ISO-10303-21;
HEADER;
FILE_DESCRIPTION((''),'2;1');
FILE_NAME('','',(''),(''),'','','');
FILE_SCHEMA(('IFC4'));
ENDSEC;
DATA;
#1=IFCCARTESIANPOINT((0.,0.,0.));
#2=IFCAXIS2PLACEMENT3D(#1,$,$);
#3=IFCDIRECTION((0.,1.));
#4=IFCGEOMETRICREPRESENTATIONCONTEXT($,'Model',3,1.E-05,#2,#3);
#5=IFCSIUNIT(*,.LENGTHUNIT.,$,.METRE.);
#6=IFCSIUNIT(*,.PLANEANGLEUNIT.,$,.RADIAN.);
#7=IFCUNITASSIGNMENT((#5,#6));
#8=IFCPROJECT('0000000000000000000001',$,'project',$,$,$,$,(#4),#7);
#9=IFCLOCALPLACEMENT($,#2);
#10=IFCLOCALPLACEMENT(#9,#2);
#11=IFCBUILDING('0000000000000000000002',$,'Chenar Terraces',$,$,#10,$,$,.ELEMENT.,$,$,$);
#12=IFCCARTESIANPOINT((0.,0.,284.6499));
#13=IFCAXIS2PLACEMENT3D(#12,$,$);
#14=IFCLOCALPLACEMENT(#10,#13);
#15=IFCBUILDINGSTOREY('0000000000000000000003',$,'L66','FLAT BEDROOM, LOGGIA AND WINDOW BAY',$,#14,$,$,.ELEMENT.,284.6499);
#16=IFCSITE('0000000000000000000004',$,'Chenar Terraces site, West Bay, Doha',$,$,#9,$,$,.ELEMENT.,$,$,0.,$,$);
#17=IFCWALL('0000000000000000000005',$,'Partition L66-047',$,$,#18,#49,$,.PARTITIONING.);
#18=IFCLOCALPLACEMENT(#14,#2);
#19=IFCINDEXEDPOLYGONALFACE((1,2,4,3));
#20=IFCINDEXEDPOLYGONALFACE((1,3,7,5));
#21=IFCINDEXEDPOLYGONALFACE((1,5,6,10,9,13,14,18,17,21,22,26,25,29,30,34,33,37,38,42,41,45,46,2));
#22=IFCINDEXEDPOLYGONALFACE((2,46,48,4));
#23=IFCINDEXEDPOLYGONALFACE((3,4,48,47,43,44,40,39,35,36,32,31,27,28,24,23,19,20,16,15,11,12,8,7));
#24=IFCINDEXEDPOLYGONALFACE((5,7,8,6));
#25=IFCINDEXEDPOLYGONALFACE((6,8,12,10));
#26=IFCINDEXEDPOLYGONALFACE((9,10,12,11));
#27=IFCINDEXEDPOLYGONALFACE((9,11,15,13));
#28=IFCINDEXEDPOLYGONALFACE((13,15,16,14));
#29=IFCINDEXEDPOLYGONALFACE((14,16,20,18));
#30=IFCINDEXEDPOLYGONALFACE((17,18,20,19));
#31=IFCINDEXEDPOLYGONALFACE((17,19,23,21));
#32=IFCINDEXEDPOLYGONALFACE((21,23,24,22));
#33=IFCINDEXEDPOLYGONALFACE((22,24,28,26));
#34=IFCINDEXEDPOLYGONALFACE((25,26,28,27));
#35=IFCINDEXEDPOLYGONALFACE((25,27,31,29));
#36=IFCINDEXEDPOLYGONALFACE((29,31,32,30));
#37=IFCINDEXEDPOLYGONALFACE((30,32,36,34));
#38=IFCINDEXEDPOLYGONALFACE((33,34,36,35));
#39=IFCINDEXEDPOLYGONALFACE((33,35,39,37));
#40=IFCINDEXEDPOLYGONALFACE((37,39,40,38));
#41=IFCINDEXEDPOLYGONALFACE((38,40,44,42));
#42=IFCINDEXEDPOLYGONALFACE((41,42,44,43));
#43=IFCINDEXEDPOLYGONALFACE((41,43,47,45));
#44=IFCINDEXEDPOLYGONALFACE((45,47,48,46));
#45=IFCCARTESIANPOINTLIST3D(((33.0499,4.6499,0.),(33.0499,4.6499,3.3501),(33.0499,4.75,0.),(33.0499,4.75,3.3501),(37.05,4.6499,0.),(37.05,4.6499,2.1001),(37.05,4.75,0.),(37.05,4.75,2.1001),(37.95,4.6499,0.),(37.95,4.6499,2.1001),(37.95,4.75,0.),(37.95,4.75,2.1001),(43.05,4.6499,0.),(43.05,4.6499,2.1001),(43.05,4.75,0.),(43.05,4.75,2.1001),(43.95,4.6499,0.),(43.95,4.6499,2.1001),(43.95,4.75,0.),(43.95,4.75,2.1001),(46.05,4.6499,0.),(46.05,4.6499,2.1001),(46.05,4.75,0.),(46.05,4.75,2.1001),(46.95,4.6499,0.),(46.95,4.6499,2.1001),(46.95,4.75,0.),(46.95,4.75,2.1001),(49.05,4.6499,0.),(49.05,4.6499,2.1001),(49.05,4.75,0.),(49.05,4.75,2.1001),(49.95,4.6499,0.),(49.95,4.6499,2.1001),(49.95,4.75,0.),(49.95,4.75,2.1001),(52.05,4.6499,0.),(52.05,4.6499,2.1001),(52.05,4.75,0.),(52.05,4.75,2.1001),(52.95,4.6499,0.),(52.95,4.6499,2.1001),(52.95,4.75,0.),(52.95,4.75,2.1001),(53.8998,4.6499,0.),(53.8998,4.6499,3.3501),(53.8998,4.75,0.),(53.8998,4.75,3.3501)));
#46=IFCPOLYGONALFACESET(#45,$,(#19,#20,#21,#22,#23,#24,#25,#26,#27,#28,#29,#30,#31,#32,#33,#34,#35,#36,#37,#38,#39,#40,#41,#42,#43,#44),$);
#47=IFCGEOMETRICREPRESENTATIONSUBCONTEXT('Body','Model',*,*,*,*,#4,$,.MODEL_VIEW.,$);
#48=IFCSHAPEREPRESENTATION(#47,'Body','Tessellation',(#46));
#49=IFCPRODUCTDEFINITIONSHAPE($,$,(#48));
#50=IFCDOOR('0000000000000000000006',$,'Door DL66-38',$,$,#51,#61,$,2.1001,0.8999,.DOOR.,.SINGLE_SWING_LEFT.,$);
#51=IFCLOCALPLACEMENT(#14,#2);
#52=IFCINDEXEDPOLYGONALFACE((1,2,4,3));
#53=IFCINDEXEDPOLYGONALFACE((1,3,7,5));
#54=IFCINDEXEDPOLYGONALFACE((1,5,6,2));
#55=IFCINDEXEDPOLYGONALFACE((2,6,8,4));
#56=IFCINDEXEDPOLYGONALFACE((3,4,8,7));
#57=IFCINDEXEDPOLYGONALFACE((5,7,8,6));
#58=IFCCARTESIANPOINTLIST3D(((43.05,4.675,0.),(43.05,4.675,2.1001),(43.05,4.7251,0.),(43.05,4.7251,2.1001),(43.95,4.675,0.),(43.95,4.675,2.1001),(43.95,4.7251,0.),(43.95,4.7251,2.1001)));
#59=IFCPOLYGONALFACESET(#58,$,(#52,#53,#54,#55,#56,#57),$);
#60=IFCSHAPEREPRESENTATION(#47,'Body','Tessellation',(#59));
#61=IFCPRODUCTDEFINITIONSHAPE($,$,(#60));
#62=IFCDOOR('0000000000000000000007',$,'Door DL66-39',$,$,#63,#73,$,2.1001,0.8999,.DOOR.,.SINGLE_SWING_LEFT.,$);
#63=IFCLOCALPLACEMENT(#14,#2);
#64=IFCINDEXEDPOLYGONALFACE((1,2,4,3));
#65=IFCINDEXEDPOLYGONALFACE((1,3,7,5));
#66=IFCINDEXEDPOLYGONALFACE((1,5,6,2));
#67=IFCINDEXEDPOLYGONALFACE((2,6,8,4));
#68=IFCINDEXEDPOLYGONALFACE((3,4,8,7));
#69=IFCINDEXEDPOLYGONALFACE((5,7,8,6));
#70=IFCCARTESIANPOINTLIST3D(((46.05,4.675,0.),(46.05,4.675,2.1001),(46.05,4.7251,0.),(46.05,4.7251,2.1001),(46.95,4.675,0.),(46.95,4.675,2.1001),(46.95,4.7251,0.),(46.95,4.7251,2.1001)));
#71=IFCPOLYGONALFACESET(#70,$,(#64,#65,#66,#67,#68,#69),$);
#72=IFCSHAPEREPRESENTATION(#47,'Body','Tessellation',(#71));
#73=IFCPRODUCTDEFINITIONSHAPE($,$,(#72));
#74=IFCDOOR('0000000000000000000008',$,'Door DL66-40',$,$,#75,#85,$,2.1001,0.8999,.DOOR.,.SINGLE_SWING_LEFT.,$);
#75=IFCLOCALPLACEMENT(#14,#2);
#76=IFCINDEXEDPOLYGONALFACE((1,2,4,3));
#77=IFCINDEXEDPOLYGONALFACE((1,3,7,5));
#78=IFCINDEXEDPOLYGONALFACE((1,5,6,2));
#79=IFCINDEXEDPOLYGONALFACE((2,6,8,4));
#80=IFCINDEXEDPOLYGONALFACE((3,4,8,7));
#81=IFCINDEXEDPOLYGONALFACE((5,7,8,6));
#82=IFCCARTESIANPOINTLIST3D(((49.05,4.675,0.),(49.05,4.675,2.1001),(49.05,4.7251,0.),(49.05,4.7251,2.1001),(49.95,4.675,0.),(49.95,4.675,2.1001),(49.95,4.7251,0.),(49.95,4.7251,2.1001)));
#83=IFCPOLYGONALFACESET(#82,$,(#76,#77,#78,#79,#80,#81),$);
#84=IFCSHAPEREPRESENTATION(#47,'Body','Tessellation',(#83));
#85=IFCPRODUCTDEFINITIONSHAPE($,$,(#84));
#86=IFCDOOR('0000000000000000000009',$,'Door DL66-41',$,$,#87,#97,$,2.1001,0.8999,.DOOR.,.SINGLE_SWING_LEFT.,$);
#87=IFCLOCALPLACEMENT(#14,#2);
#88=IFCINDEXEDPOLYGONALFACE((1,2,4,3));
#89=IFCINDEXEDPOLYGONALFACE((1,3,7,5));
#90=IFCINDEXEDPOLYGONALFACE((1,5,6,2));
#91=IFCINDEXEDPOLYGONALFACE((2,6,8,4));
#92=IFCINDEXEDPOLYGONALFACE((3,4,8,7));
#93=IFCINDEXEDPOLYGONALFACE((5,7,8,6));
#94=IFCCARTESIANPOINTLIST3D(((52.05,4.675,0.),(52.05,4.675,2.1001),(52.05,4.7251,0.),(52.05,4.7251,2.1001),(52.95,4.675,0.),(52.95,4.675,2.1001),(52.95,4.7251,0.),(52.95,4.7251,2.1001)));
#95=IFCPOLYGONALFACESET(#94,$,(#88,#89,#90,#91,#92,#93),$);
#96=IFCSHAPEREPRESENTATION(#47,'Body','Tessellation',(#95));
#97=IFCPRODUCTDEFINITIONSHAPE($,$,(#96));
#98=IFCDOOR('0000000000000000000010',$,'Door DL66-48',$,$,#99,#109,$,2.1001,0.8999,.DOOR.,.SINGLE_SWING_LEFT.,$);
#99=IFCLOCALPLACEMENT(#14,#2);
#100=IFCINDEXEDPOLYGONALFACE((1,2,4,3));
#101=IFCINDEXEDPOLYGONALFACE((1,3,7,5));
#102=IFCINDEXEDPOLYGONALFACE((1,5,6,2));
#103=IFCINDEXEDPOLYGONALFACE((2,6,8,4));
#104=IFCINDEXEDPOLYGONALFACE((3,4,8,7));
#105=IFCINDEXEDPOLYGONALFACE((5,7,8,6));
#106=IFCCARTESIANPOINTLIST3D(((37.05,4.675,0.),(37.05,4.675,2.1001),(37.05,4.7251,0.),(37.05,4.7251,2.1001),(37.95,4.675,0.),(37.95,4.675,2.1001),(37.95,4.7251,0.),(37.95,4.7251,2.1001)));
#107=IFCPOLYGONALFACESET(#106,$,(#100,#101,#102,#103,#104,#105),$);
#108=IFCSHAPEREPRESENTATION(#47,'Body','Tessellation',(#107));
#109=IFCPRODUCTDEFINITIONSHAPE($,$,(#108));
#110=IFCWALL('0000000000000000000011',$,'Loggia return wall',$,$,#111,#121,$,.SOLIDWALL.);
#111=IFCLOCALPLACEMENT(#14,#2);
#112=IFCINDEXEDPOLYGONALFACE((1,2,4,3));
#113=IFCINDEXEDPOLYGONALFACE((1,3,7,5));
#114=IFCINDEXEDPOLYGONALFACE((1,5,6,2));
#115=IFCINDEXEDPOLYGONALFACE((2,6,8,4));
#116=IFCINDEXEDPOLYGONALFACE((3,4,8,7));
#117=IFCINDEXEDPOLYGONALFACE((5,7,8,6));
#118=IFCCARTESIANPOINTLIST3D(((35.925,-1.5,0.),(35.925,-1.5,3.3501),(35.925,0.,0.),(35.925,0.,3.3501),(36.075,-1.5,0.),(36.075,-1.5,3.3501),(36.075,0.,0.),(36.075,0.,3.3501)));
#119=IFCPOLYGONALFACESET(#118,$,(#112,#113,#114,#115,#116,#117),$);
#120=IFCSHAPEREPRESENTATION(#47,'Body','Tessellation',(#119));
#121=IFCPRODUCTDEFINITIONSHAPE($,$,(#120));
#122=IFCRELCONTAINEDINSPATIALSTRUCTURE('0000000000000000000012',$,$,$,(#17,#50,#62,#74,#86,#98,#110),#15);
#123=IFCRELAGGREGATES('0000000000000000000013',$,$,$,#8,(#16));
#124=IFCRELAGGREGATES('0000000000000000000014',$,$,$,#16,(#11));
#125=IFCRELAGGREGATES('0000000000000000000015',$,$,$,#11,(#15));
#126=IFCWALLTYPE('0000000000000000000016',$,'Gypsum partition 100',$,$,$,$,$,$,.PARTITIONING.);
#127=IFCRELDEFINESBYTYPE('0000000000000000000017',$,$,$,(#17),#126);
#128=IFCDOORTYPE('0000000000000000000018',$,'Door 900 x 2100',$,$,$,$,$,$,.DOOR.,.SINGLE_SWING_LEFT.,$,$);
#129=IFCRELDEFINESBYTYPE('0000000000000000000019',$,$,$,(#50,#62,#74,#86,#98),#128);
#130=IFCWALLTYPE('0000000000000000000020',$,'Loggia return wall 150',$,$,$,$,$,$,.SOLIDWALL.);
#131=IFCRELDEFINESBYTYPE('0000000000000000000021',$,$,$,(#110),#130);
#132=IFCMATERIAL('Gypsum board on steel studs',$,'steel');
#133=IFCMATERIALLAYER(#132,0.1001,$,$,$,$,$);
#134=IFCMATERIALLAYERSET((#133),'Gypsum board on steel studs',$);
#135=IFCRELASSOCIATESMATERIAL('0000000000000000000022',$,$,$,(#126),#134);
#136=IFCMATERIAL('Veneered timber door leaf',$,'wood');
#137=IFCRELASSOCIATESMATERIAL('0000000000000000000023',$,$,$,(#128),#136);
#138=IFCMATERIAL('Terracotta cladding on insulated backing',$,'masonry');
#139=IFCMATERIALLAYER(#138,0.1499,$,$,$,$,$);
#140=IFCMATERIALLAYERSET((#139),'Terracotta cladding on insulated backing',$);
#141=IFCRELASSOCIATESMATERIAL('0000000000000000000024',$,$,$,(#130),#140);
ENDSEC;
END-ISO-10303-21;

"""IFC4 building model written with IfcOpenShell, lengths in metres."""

from ifc_helpers import new_model, si_unit, direction, frame, frame_2d, origin, place, context, subcontext, project, spatial, rectangle, extrude, material, layer, layer_set, type_object, element, fill, save


model = new_model("IFC4")

# Units and contexts
model_context = context("Model", 3, precision=1e-05, world=origin(), true_north=direction((0.0, 1.0)))
body_context = subcontext(model_context, "Body", "Model", "MODEL_VIEW")
ifc_project = project(units=[si_unit("LENGTHUNIT", "METRE"), si_unit("PLANEANGLEUNIT", "RADIAN")], contexts=[model_context])

# Site, building, storey
site_placement = place(None, origin())
site = spatial("IfcSite", under=ifc_project, at=site_placement, Name="Chenar Terraces site, West Bay, Doha", CompositionType="ELEMENT", RefElevation=0.0)
building_placement = place(site_placement, origin())
building = spatial("IfcBuilding", under=site, at=building_placement, Name="Chenar Terraces", CompositionType="ELEMENT")
storey_placement = place(building_placement, frame((0.0, 0.0, 284.6499)))
storey = spatial("IfcBuildingStorey", under=building, at=storey_placement, Name="L66", Description="FLAT BEDROOM, LOGGIA AND WINDOW BAY", CompositionType="ELEMENT", Elevation=284.6499)

# Shared definitions
ifc_material_1 = material(Name="Gypsum board on steel studs", Category="steel")
ifc_layer_1 = layer(ifc_material_1, 0.1001)
ifc_layer_set_1 = layer_set([ifc_layer_1], Name="Gypsum board on steel studs")
wall_type_1 = type_object("IfcWallType", Name="Gypsum partition 100", PredefinedType="PARTITIONING", material=ifc_layer_set_1)

# Shared definitions
ifc_material_2 = material(Name="Veneered timber door leaf", Category="wood")
door_type_1 = type_object("IfcDoorType", Name="Door 900 x 2100", OperationType="SINGLE_SWING_LEFT", PredefinedType="DOOR", material=ifc_material_2)

# Wall, openings, doors
wall_1_placement = place(storey_placement, frame((33.05, 4.7, 0.0), z_axis=(0.0, 0.0, 1.0), x_axis=(1.0, 0.0, 0.0)))
wall_1 = element("IfcWall", 1, at=wall_1_placement, inside=storey, type_object=wall_type_1, Name="Partition L66-047", PredefinedType="PARTITIONING", context=body_context, shape_type="SweptSolid", body=[
    extrude(rectangle(XDim=20.8499, YDim=0.1001, at=frame_2d((10.4248, 0.0))), origin(), (0.0, 0.0, 1.0), 3.3501),
])
opening_1_placement = place(wall_1_placement, frame((10.0, 0.0, 0.0)))
opening_1 = element("IfcOpeningElement", 2, at=opening_1_placement, cuts=wall_1, PredefinedType="OPENING", context=body_context, shape_type="SweptSolid", body=[
    extrude(rectangle(XDim=0.8999, YDim=2.1001, at=frame_2d((0.45, 1.05))), frame((0.0, 0.0601, 0.0), z_axis=(0.0, -1.0, 0.0), x_axis=(1.0, 0.0, 0.0)), (0.0, 0.0, 1.0), 0.1201),
])
opening_2_placement = place(wall_1_placement, frame((13.0, 0.0, 0.0)))
opening_2 = element("IfcOpeningElement", 3, at=opening_2_placement, cuts=wall_1, PredefinedType="OPENING", context=body_context, shape_type="SweptSolid", body=[
    extrude(rectangle(XDim=0.8999, YDim=2.1001, at=frame_2d((0.45, 1.05))), frame((0.0, 0.0601, 0.0), z_axis=(0.0, -1.0, 0.0), x_axis=(1.0, 0.0, 0.0)), (0.0, 0.0, 1.0), 0.1201),
])
opening_3_placement = place(wall_1_placement, frame((16.0, 0.0, 0.0)))
opening_3 = element("IfcOpeningElement", 4, at=opening_3_placement, cuts=wall_1, PredefinedType="OPENING", context=body_context, shape_type="SweptSolid", body=[
    extrude(rectangle(XDim=0.8999, YDim=2.1001, at=frame_2d((0.45, 1.05))), frame((0.0, 0.0601, 0.0), z_axis=(0.0, -1.0, 0.0), x_axis=(1.0, 0.0, 0.0)), (0.0, 0.0, 1.0), 0.1201),
])
opening_4_placement = place(wall_1_placement, frame((19.0, 0.0, 0.0)))
opening_4 = element("IfcOpeningElement", 5, at=opening_4_placement, cuts=wall_1, PredefinedType="OPENING", context=body_context, shape_type="SweptSolid", body=[
    extrude(rectangle(XDim=0.8999, YDim=2.1001, at=frame_2d((0.45, 1.05))), frame((0.0, 0.0601, 0.0), z_axis=(0.0, -1.0, 0.0), x_axis=(1.0, 0.0, 0.0)), (0.0, 0.0, 1.0), 0.1201),
])
opening_5_placement = place(wall_1_placement, frame((4.0, 0.0, 0.0)))
opening_5 = element("IfcOpeningElement", 6, at=opening_5_placement, cuts=wall_1, PredefinedType="OPENING", context=body_context, shape_type="SweptSolid", body=[
    extrude(rectangle(XDim=0.8999, YDim=2.1001, at=frame_2d((0.45, 1.05))), frame((0.0, 0.0601, 0.0), z_axis=(0.0, -1.0, 0.0), x_axis=(1.0, 0.0, 0.0)), (0.0, 0.0, 1.0), 0.1201),
])
door_1_placement = place(opening_1_placement, frame((0.8999, 0.0, 0.0), z_axis=(0.0, 0.0, 1.0), x_axis=(-1.0, 0.0, 0.0)))
door_1 = element("IfcDoor", 7, at=door_1_placement, inside=storey, type_object=door_type_1, Name="Door DL66-38", OperationType="SINGLE_SWING_LEFT", OverallHeight=2.1001, OverallWidth=0.8999, PredefinedType="DOOR", context=body_context, shape_type="SweptSolid", body=[
    extrude(rectangle(XDim=0.8999, YDim=2.1001, at=frame_2d((0.45, 1.05))), frame((0.0, 0.0249, 0.0), z_axis=(0.0, -1.0, 0.0), x_axis=(1.0, 0.0, 0.0)), (0.0, 0.0, 1.0), 0.05),
])
fill(opening_1, door_1)
door_2_placement = place(opening_2_placement, frame((0.8999, 0.0, 0.0), z_axis=(0.0, 0.0, 1.0), x_axis=(-1.0, 0.0, 0.0)))
door_2 = element("IfcDoor", 8, at=door_2_placement, inside=storey, type_object=door_type_1, Name="Door DL66-39", OperationType="SINGLE_SWING_LEFT", OverallHeight=2.1001, OverallWidth=0.8999, PredefinedType="DOOR", context=body_context, shape_type="SweptSolid", body=[
    extrude(rectangle(XDim=0.8999, YDim=2.1001, at=frame_2d((0.45, 1.05))), frame((0.0, 0.0249, 0.0), z_axis=(0.0, -1.0, 0.0), x_axis=(1.0, 0.0, 0.0)), (0.0, 0.0, 1.0), 0.05),
])
fill(opening_2, door_2)
door_3_placement = place(opening_3_placement, frame((0.8999, 0.0, 0.0), z_axis=(0.0, 0.0, 1.0), x_axis=(-1.0, 0.0, 0.0)))
door_3 = element("IfcDoor", 9, at=door_3_placement, inside=storey, type_object=door_type_1, Name="Door DL66-40", OperationType="SINGLE_SWING_LEFT", OverallHeight=2.1001, OverallWidth=0.8999, PredefinedType="DOOR", context=body_context, shape_type="SweptSolid", body=[
    extrude(rectangle(XDim=0.8999, YDim=2.1001, at=frame_2d((0.45, 1.05))), frame((0.0, 0.0249, 0.0), z_axis=(0.0, -1.0, 0.0), x_axis=(1.0, 0.0, 0.0)), (0.0, 0.0, 1.0), 0.05),
])
fill(opening_3, door_3)
door_4_placement = place(opening_4_placement, frame((0.8999, 0.0, 0.0), z_axis=(0.0, 0.0, 1.0), x_axis=(-1.0, 0.0, 0.0)))
door_4 = element("IfcDoor", 10, at=door_4_placement, inside=storey, type_object=door_type_1, Name="Door DL66-41", OperationType="SINGLE_SWING_LEFT", OverallHeight=2.1001, OverallWidth=0.8999, PredefinedType="DOOR", context=body_context, shape_type="SweptSolid", body=[
    extrude(rectangle(XDim=0.8999, YDim=2.1001, at=frame_2d((0.45, 1.05))), frame((0.0, 0.0249, 0.0), z_axis=(0.0, -1.0, 0.0), x_axis=(1.0, 0.0, 0.0)), (0.0, 0.0, 1.0), 0.05),
])
fill(opening_4, door_4)
door_5_placement = place(opening_5_placement, frame((0.8999, 0.0, 0.0), z_axis=(0.0, 0.0, 1.0), x_axis=(-1.0, 0.0, 0.0)))
door_5 = element("IfcDoor", 11, at=door_5_placement, inside=storey, type_object=door_type_1, Name="Door DL66-48", OperationType="SINGLE_SWING_LEFT", OverallHeight=2.1001, OverallWidth=0.8999, PredefinedType="DOOR", context=body_context, shape_type="SweptSolid", body=[
    extrude(rectangle(XDim=0.8999, YDim=2.1001, at=frame_2d((0.45, 1.05))), frame((0.0, 0.0249, 0.0), z_axis=(0.0, -1.0, 0.0), x_axis=(1.0, 0.0, 0.0)), (0.0, 0.0, 1.0), 0.05),
])
fill(opening_5, door_5)

# Wall
ifc_material_3 = material(Name="Terracotta cladding on insulated backing", Category="masonry")
ifc_layer_2 = layer(ifc_material_3, 0.1499)
ifc_layer_set_2 = layer_set([ifc_layer_2], Name="Terracotta cladding on insulated backing")
wall_type_2 = type_object("IfcWallType", Name="Loggia return wall 150", PredefinedType="SOLIDWALL", material=ifc_layer_set_2)
wall_2_placement = place(storey_placement, frame((36.0, -1.5, 0.0), z_axis=(0.0, 0.0, 1.0), x_axis=(0.0, 1.0, 0.0)))
element("IfcWall", 12, at=wall_2_placement, inside=storey, type_object=wall_type_2, Name="Loggia return wall", PredefinedType="SOLIDWALL", context=body_context, shape_type="SweptSolid", body=[
    extrude(rectangle(XDim=1.5, YDim=0.1499, at=frame_2d((0.75, 0.0))), origin(), (0.0, 0.0, 1.0), 3.3501),
])

save(model, "model.ifc")
